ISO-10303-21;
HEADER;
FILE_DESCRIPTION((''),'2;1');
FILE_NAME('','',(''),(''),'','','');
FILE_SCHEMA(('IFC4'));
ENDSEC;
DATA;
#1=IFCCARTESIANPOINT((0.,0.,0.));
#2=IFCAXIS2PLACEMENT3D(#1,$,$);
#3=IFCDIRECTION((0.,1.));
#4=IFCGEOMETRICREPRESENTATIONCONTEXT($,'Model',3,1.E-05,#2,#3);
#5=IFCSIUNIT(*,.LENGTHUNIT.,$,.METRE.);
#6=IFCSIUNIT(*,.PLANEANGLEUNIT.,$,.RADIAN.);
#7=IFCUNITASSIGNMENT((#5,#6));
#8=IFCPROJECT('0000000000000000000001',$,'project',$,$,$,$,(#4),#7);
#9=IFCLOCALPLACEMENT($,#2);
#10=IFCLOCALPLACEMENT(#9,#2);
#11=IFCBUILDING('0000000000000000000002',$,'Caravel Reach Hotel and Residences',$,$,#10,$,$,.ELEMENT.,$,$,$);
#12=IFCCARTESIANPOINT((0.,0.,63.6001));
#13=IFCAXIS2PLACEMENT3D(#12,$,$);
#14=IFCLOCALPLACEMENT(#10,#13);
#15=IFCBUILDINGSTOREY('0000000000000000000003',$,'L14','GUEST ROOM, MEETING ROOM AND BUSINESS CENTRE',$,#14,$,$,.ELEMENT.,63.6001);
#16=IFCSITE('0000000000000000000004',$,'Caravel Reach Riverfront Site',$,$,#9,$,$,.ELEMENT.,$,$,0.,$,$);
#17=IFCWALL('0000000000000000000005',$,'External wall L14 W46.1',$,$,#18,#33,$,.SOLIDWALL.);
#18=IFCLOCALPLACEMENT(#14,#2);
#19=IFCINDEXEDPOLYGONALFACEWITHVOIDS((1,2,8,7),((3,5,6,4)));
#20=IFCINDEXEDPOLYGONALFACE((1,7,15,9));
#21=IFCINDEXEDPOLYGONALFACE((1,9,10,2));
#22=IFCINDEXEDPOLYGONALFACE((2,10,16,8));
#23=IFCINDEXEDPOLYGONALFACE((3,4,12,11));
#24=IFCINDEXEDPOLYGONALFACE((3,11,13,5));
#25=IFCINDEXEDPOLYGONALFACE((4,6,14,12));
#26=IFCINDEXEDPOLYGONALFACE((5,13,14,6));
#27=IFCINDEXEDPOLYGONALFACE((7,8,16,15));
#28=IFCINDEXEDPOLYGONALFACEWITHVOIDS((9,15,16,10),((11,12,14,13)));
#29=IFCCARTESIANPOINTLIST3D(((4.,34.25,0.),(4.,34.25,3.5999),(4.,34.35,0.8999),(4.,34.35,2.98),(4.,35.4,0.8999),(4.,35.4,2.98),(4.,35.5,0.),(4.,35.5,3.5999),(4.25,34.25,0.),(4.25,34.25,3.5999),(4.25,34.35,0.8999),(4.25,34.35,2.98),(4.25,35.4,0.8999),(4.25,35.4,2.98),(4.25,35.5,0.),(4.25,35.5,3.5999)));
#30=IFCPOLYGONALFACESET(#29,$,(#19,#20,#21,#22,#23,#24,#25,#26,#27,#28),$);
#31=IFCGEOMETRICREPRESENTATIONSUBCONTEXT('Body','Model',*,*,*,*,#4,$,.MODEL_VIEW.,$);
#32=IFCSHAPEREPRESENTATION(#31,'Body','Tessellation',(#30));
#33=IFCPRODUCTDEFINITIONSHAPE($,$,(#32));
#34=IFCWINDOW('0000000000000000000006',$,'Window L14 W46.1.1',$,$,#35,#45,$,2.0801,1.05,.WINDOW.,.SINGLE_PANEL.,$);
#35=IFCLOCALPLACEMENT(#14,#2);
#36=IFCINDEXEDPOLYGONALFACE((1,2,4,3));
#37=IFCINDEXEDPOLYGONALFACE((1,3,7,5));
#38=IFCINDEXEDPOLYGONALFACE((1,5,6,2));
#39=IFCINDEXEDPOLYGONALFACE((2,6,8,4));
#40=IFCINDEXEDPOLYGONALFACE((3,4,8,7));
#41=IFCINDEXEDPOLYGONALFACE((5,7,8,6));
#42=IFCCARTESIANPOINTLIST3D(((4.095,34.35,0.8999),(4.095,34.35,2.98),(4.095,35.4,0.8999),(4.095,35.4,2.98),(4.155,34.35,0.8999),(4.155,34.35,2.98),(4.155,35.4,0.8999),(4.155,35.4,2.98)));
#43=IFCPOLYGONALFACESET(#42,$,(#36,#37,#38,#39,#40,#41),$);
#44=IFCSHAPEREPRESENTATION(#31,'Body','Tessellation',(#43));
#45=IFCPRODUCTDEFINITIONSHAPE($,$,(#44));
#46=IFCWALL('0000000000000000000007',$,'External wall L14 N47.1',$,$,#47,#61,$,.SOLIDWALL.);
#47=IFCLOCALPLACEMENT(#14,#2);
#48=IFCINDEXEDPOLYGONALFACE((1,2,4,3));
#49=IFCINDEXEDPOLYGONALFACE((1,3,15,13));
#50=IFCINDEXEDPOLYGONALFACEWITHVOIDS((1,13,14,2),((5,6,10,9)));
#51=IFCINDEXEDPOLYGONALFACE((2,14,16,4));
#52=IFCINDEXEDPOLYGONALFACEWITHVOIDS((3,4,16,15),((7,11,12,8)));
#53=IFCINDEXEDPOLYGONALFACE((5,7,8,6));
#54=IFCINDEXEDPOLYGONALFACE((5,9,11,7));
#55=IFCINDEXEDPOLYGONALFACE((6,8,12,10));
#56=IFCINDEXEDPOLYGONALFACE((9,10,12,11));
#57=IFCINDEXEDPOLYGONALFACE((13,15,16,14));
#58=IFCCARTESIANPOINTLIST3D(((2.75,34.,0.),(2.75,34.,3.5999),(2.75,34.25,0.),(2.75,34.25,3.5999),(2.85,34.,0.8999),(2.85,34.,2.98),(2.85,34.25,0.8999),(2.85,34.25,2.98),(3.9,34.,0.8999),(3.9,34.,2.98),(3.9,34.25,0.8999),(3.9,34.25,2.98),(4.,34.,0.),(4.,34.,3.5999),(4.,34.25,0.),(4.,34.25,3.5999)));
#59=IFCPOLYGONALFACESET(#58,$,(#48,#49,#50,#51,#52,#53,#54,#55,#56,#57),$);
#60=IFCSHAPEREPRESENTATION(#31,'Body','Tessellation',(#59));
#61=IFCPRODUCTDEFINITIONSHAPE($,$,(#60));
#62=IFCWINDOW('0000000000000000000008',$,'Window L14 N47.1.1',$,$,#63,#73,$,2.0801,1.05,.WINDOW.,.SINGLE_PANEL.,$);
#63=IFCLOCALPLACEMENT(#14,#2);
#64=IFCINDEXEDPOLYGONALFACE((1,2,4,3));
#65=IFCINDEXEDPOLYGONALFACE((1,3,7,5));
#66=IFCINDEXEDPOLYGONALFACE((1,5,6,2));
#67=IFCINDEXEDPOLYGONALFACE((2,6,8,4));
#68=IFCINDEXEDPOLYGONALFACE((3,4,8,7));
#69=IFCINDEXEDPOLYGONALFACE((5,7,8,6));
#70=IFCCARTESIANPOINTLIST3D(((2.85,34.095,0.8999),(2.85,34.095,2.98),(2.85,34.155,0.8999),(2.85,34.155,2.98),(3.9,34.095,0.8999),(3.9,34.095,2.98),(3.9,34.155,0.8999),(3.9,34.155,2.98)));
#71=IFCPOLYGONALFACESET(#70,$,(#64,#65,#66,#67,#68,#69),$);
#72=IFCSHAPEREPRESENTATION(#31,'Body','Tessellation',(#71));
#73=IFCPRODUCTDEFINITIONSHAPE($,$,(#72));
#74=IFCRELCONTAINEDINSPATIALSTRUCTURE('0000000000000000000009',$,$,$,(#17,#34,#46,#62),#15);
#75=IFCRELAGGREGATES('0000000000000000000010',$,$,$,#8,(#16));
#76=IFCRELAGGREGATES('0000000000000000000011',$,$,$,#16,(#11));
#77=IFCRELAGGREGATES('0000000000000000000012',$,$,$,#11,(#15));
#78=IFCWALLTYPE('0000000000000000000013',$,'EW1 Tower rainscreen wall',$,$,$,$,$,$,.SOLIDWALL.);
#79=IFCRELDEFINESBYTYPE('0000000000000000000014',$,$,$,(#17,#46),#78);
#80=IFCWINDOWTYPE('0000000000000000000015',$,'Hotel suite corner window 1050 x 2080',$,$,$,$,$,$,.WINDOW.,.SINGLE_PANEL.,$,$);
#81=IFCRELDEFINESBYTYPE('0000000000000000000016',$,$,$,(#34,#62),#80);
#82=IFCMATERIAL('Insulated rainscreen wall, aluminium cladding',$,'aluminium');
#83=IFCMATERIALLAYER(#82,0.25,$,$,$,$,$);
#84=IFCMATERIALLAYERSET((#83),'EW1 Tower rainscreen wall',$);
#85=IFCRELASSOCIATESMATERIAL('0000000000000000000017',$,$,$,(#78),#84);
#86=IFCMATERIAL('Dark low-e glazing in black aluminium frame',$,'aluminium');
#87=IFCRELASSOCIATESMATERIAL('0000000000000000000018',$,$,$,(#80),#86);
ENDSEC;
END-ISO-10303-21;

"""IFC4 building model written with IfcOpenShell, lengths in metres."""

from ifc_helpers import new_model, si_unit, direction, frame, frame_2d, origin, place, context, subcontext, project, spatial, rectangle, extrude, material, layer, layer_set, type_object, element, fill, save


model = new_model("IFC4")

# Units and contexts
model_context = context("Model", 3, precision=1e-05, world=origin(), true_north=direction((0.0, 1.0)))
body_context = subcontext(model_context, "Body", "Model", "MODEL_VIEW")
ifc_project = project(units=[si_unit("LENGTHUNIT", "METRE"), si_unit("PLANEANGLEUNIT", "RADIAN")], contexts=[model_context])

# Site, building, storey
site_placement = place(None, origin())
site = spatial("IfcSite", under=ifc_project, at=site_placement, Name="Caravel Reach Riverfront Site", CompositionType="ELEMENT", RefElevation=0.0)
building_placement = place(site_placement, origin())
building = spatial("IfcBuilding", under=site, at=building_placement, Name="Caravel Reach Hotel and Residences", CompositionType="ELEMENT")
storey_placement = place(building_placement, frame((0.0, 0.0, 63.6001)))
storey = spatial("IfcBuildingStorey", under=building, at=storey_placement, Name="L14", Description="GUEST ROOM, MEETING ROOM AND BUSINESS CENTRE", CompositionType="ELEMENT", Elevation=63.6001)

# Walls, openings, windows
ifc_material_1 = material(Name="Insulated rainscreen wall, aluminium cladding", Category="aluminium")
ifc_layer = layer(ifc_material_1, 0.25)
ifc_layer_set = layer_set([ifc_layer], Name="EW1 Tower rainscreen wall")
wall_type = type_object("IfcWallType", Name="EW1 Tower rainscreen wall", PredefinedType="SOLIDWALL", material=ifc_layer_set)
wall_1_placement = place(storey_placement, frame((4.125, 35.5, 0.0), z_axis=(0.0, 0.0, 1.0), x_axis=(0.0, -1.0, 0.0)))
wall_1 = element("IfcWall", 1, at=wall_1_placement, inside=storey, type_object=wall_type, Name="External wall L14 W46.1", PredefinedType="SOLIDWALL", context=body_context, shape_type="SweptSolid", body=[
    extrude(rectangle(XDim=1.25, YDim=0.25, at=frame_2d((0.625, 0.0))), origin(), (0.0, 0.0, 1.0), 3.5999),
])
opening_1_placement = place(wall_1_placement, frame((0.1001, 0.0, 0.8999)))
opening_1 = element("IfcOpeningElement", 2, at=opening_1_placement, cuts=wall_1, PredefinedType="OPENING", context=body_context, shape_type="SweptSolid", body=[
    extrude(rectangle(XDim=1.05, YDim=2.0801, at=frame_2d((0.5249, 1.04))), frame((0.0, 0.135, 0.0), z_axis=(0.0, -1.0, 0.0), x_axis=(1.0, 0.0, 0.0)), (0.0, 0.0, 1.0), 0.27),
])
ifc_material_2 = material(Name="Dark low-e glazing in black aluminium frame", Category="aluminium")
window_type = type_object("IfcWindowType", Name="Hotel suite corner window 1050 x 2080", PartitioningType="SINGLE_PANEL", PredefinedType="WINDOW", material=ifc_material_2)
window_1_placement = place(opening_1_placement, origin())
window_1 = element("IfcWindow", 3, at=window_1_placement, inside=storey, type_object=window_type, Name="Window L14 W46.1.1", OverallHeight=2.0801, OverallWidth=1.05, PartitioningType="SINGLE_PANEL", PredefinedType="WINDOW", context=body_context, shape_type="SweptSolid", body=[
    extrude(rectangle(XDim=1.05, YDim=2.0801, at=frame_2d((0.5249, 1.04))), frame((0.0, 0.03, 0.0), z_axis=(0.0, -1.0, 0.0), x_axis=(1.0, 0.0, 0.0)), (0.0, 0.0, 1.0), 0.0601),
])
fill(opening_1, window_1)
wall_2_placement = place(storey_placement, frame((4.0, 34.125, 0.0), z_axis=(0.0, 0.0, 1.0), x_axis=(-1.0, 0.0, 0.0)))
wall_2 = element("IfcWall", 4, at=wall_2_placement, inside=storey, type_object=wall_type, Name="External wall L14 N47.1", PredefinedType="SOLIDWALL", context=body_context, shape_type="SweptSolid", body=[
    extrude(rectangle(XDim=1.25, YDim=0.25, at=frame_2d((0.625, 0.0))), origin(), (0.0, 0.0, 1.0), 3.5999),
])
opening_2_placement = place(wall_2_placement, frame((0.1001, 0.0, 0.8999)))
opening_2 = element("IfcOpeningElement", 5, at=opening_2_placement, cuts=wall_2, PredefinedType="OPENING", context=body_context, shape_type="SweptSolid", body=[
    extrude(rectangle(XDim=1.05, YDim=2.0801, at=frame_2d((0.5249, 1.04))), frame((0.0, 0.135, 0.0), z_axis=(0.0, -1.0, 0.0), x_axis=(1.0, 0.0, 0.0)), (0.0, 0.0, 1.0), 0.27),
])
window_2_placement = place(opening_2_placement, origin())
window_2 = element("IfcWindow", 6, at=window_2_placement, inside=storey, type_object=window_type, Name="Window L14 N47.1.1", OverallHeight=2.0801, OverallWidth=1.05, PartitioningType="SINGLE_PANEL", PredefinedType="WINDOW", context=body_context, shape_type="SweptSolid", body=[
    extrude(rectangle(XDim=1.05, YDim=2.0801, at=frame_2d((0.5249, 1.04))), frame((0.0, 0.03, 0.0), z_axis=(0.0, -1.0, 0.0), x_axis=(1.0, 0.0, 0.0)), (0.0, 0.0, 1.0), 0.0601),
])
fill(opening_2, window_2)

save(model, "model.ifc")
